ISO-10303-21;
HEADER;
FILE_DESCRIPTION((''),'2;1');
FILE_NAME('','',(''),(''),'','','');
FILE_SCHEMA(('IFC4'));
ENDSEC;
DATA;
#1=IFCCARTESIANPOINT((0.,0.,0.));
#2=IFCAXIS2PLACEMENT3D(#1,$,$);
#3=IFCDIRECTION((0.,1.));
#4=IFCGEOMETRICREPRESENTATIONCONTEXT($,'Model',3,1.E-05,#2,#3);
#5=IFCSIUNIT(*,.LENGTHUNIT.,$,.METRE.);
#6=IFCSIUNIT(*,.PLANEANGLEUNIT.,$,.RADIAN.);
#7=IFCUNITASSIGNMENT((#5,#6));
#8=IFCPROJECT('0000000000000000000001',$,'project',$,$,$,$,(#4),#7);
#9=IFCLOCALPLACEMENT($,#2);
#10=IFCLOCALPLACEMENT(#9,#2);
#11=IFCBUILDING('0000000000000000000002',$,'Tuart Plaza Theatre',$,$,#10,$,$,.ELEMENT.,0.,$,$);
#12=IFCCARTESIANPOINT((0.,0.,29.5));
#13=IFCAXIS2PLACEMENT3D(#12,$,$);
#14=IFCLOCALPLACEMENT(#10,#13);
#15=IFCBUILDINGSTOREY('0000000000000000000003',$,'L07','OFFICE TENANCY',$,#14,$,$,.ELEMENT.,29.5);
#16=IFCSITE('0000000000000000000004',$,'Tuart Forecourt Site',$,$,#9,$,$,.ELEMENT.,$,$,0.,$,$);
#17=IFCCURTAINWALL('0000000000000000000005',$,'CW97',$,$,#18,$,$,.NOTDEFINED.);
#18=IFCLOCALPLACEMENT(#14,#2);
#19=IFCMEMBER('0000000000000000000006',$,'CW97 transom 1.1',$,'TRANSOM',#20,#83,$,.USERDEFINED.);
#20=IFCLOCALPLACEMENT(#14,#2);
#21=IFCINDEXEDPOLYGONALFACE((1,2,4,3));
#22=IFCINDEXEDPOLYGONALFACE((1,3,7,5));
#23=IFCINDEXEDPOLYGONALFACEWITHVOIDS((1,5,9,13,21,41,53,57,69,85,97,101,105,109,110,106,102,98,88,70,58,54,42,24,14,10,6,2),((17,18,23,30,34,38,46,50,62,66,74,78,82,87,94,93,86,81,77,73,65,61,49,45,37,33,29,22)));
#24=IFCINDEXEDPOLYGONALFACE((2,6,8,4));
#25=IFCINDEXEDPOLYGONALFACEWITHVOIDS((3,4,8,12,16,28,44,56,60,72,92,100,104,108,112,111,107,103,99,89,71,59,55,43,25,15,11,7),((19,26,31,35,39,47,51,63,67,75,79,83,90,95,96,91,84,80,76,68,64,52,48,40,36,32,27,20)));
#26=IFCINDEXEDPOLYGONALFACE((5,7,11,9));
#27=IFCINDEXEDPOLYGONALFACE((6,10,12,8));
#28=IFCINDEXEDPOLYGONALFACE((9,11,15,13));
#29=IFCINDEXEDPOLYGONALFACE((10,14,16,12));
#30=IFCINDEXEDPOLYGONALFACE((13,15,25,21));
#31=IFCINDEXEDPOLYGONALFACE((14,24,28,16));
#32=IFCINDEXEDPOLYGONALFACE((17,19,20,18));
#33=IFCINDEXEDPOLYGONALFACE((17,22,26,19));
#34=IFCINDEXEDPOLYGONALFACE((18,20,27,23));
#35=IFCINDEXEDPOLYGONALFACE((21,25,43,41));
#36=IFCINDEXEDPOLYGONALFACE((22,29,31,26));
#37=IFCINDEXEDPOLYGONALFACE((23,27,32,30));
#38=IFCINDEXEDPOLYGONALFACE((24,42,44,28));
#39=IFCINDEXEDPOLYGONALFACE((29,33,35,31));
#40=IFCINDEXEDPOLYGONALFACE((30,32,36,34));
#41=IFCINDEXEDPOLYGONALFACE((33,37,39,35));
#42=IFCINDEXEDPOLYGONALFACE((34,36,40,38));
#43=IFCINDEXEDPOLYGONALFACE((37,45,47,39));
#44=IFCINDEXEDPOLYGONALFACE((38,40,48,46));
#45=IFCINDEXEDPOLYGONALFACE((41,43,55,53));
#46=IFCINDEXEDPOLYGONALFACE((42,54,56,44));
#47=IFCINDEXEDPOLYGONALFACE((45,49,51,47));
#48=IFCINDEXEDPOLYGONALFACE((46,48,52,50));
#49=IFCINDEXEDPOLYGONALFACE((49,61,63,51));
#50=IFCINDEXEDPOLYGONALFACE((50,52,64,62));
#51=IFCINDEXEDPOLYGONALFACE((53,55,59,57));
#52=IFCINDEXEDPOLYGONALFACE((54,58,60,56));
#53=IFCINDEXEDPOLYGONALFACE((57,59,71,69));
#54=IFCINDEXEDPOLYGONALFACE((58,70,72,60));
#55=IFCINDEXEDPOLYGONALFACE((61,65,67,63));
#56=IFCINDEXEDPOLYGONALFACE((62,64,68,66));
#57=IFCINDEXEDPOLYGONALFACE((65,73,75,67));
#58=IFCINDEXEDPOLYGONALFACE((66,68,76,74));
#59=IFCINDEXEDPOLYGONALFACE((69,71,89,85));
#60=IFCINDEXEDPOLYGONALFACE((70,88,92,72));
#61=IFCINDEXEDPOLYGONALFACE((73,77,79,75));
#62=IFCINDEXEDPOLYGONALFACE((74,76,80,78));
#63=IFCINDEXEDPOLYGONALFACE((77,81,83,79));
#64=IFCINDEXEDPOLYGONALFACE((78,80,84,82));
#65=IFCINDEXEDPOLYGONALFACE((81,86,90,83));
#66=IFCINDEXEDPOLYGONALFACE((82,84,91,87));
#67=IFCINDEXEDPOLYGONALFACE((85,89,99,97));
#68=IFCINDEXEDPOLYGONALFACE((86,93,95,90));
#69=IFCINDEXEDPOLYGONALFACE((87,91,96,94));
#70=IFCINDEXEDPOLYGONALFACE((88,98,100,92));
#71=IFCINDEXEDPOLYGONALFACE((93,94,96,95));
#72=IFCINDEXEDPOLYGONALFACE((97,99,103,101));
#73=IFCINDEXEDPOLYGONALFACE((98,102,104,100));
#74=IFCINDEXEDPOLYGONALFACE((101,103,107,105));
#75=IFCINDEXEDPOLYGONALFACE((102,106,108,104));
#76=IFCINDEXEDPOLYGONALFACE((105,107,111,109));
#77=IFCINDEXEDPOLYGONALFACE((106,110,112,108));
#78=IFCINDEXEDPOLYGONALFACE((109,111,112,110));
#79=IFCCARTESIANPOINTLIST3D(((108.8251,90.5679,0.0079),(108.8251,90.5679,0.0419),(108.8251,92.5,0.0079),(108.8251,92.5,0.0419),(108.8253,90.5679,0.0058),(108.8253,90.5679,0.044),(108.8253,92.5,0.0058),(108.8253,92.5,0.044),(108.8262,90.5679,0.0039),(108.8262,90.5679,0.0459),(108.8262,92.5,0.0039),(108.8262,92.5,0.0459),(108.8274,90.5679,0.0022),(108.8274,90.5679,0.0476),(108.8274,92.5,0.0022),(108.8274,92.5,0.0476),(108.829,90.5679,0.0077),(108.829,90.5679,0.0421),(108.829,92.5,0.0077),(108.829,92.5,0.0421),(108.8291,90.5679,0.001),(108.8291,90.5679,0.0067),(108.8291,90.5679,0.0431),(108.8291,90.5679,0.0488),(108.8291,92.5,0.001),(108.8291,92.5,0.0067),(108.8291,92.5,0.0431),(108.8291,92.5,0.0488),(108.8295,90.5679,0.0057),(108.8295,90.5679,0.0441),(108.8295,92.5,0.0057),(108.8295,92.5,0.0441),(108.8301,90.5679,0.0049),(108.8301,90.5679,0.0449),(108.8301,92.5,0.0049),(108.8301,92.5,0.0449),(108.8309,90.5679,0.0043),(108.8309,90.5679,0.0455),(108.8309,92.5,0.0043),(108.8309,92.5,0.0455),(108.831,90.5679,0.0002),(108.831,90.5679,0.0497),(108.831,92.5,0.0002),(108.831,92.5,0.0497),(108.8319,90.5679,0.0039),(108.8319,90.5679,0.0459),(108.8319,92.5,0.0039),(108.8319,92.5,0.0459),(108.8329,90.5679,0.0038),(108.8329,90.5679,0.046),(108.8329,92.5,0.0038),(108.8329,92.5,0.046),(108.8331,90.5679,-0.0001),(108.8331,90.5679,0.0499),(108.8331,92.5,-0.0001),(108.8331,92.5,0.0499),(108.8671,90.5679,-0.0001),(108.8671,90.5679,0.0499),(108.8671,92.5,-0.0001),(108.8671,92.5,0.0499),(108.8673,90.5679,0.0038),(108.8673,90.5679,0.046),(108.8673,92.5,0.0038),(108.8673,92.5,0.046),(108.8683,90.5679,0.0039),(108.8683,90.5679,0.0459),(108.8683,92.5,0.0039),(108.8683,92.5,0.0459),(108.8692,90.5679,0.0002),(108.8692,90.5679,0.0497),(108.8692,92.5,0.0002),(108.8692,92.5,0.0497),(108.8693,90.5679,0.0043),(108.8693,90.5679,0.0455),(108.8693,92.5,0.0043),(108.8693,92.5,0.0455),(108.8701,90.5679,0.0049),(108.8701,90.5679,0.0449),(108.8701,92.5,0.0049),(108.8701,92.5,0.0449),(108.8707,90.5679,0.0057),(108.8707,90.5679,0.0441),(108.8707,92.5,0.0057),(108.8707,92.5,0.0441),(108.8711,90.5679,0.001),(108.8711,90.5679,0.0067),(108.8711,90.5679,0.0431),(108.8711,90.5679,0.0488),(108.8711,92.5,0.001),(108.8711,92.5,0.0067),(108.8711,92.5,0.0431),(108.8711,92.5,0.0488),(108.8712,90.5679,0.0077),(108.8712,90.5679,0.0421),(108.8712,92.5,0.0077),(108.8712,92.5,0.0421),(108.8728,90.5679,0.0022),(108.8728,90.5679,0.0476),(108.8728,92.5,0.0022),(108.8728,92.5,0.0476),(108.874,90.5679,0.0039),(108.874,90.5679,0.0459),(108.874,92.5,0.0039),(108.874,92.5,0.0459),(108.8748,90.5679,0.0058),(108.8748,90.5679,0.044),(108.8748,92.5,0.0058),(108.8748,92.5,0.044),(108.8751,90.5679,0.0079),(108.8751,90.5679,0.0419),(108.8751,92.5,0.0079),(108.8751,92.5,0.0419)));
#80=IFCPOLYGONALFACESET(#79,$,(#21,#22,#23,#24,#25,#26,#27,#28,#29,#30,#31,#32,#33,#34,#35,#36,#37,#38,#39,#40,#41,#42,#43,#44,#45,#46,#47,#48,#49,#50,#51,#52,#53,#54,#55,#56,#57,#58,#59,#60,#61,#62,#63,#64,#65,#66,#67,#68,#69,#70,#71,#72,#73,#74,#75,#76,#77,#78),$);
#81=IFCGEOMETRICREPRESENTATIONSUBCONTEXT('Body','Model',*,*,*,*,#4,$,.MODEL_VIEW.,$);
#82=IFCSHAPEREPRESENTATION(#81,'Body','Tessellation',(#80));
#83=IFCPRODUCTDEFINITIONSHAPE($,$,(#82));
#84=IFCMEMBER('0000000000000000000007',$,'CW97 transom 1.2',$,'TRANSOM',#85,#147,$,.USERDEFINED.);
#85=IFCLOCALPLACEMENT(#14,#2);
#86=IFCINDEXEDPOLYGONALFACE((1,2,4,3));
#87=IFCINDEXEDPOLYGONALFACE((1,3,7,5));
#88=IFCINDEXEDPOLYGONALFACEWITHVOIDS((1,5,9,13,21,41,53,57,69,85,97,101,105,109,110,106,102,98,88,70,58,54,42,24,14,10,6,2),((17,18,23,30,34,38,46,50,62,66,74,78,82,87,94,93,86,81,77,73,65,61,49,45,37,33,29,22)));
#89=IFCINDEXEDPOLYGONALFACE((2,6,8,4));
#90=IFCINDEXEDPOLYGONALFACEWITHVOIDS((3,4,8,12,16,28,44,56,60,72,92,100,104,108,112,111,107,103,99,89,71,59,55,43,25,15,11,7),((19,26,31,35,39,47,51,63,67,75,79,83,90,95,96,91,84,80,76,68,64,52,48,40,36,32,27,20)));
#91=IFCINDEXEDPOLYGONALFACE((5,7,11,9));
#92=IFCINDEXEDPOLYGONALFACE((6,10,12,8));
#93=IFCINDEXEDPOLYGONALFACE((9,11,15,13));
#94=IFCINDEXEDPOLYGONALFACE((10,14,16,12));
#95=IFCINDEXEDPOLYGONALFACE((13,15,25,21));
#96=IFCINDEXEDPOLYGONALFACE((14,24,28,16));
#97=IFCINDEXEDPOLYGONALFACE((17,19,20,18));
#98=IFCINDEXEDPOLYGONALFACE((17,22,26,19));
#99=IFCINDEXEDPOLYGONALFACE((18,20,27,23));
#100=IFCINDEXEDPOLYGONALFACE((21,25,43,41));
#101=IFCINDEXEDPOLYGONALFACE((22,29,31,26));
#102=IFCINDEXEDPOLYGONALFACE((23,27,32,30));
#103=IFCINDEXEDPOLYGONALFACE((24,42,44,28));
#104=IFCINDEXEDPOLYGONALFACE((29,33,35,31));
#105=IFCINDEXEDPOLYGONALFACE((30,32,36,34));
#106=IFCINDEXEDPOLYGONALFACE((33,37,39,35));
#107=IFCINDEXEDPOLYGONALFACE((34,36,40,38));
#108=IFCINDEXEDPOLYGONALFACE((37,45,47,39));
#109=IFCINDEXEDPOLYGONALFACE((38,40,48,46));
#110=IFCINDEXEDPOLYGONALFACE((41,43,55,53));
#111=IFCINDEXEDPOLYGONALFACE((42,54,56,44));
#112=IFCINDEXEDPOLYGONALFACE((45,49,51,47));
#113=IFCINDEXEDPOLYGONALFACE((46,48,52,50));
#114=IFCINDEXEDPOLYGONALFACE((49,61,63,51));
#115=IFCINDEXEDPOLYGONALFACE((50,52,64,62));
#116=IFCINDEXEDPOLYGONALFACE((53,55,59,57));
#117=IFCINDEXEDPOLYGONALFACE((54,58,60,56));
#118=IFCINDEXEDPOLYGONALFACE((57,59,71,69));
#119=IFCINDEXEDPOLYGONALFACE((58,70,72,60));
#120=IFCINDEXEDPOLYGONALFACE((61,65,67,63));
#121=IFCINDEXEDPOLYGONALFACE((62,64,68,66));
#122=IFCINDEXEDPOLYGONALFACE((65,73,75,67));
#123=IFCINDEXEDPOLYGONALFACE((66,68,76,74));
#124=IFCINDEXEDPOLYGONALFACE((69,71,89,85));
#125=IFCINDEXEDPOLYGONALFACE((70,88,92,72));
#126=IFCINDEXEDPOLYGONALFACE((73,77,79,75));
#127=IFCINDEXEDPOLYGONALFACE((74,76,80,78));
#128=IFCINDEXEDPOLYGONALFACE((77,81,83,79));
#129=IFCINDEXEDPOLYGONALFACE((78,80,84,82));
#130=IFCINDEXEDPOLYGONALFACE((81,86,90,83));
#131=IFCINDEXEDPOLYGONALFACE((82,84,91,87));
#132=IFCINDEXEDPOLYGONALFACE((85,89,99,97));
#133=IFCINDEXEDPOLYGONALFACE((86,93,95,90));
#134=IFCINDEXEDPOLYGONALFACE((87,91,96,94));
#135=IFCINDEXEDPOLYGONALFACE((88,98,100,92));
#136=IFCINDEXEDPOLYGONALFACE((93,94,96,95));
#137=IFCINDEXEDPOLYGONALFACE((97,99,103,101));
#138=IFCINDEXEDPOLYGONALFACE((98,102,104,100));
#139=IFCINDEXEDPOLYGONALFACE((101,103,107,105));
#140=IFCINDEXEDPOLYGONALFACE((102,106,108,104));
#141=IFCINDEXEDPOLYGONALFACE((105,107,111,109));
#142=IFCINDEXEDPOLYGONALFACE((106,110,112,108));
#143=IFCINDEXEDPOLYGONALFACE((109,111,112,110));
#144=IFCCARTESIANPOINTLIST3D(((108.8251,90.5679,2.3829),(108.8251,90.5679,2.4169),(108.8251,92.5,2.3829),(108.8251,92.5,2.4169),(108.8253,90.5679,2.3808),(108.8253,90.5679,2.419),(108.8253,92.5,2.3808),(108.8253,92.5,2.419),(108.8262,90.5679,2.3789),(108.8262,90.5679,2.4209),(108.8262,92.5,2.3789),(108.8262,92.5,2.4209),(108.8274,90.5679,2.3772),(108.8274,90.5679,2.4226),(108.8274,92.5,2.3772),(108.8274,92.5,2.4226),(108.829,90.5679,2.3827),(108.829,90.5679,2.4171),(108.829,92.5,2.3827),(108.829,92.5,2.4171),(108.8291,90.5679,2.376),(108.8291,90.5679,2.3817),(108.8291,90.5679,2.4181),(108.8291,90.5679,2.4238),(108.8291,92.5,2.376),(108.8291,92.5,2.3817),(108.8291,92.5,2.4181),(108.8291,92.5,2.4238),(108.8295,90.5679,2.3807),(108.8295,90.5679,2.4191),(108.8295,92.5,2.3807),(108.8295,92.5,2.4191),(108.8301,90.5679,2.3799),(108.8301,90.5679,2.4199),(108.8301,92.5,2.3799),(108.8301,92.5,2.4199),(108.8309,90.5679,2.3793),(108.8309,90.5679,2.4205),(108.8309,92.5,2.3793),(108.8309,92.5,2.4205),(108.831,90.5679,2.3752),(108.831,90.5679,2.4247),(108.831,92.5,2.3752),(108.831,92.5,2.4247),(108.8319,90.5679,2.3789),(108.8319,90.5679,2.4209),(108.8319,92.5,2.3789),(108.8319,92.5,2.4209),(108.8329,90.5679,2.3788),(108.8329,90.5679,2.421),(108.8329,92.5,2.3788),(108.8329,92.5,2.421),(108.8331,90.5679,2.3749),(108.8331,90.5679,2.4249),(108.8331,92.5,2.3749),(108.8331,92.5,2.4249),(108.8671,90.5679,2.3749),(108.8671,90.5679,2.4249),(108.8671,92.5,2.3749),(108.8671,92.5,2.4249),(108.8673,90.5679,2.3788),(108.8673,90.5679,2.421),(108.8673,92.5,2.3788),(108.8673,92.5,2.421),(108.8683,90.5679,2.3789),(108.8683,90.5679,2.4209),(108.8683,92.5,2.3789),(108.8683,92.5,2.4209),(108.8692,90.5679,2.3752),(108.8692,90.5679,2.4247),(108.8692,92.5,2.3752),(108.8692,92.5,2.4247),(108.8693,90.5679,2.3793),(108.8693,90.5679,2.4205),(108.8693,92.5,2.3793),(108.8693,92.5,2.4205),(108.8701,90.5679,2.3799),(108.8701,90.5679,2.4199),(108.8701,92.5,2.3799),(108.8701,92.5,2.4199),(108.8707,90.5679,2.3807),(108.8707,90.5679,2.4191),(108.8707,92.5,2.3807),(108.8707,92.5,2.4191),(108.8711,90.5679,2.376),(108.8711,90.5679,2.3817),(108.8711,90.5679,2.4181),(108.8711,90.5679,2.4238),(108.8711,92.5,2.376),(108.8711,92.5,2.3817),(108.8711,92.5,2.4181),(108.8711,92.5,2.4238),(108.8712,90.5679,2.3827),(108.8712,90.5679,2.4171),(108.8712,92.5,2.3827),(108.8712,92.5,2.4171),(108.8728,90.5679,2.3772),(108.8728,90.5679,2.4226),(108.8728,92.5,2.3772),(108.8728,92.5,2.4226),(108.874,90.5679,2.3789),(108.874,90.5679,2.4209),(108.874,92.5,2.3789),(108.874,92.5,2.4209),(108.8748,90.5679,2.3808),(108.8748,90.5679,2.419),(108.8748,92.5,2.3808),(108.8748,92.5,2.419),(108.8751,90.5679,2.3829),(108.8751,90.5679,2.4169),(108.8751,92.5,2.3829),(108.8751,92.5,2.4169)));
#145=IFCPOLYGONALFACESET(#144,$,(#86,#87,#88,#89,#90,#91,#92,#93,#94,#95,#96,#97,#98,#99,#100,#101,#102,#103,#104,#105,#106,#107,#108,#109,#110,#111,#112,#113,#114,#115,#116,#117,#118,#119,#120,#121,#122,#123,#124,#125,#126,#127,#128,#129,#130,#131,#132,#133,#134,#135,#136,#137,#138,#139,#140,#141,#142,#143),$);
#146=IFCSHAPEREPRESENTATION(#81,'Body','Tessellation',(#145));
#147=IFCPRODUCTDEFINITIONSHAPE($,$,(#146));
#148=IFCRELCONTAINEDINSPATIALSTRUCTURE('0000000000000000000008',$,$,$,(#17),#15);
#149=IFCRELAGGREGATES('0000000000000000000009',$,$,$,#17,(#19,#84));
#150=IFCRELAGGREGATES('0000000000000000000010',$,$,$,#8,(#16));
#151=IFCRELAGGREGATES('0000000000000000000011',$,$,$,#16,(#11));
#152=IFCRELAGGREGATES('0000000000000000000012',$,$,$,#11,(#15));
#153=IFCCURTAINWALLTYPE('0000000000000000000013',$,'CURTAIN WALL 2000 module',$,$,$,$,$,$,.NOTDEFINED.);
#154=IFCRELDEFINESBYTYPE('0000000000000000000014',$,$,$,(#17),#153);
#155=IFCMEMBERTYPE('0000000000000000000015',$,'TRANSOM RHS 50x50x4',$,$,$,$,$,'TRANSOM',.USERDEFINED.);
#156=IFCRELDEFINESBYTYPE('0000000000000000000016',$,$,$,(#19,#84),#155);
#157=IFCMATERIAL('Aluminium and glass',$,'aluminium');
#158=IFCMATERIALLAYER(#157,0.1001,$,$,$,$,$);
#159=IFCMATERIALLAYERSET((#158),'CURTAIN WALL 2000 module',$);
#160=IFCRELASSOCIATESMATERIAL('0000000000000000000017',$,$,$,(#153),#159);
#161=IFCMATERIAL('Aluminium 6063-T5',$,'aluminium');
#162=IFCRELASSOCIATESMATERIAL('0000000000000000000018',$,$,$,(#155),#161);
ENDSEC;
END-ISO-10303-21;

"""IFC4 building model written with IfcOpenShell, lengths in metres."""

from ifc_helpers import new_model, si_unit, direction, frame, origin, origin_2d, place, context, subcontext, project, spatial, hollow_rectangle, extrude, material, layer, layer_set, material_profile, profile_set, type_object, element, aggregate, save


model = new_model("IFC4")

# Units and contexts
model_context = context("Model", 3, precision=1e-05, world=origin(), true_north=direction((0.0, 1.0)))
body_context = subcontext(model_context, "Body", "Model", "MODEL_VIEW")
ifc_project = project(units=[si_unit("LENGTHUNIT", "METRE"), si_unit("PLANEANGLEUNIT", "RADIAN")], contexts=[model_context])

# Site, building, storey
site_placement = place(None, origin())
site = spatial("IfcSite", under=ifc_project, at=site_placement, Name="Tuart Forecourt Site", CompositionType="ELEMENT", RefElevation=0.0)
building_placement = place(site_placement, origin())
building = spatial("IfcBuilding", under=site, at=building_placement, Name="Tuart Plaza Theatre", CompositionType="ELEMENT", ElevationOfRefHeight=0.0)
storey_placement = place(building_placement, frame((0.0, 0.0, 29.5)))
storey = spatial("IfcBuildingStorey", under=building, at=storey_placement, Name="L07", Description="OFFICE TENANCY", CompositionType="ELEMENT", Elevation=29.5)

# Curtain wall, members
ifc_material_1 = material(Name="Aluminium and glass", Category="aluminium")
ifc_layer_1 = layer(ifc_material_1, 0.1001)
ifc_layer_set_1 = layer_set([ifc_layer_1], Name="CURTAIN WALL 2000 module")
curtain_wall_type = type_object("IfcCurtainWallType", Name="CURTAIN WALL 2000 module", PredefinedType="NOTDEFINED", material=ifc_layer_set_1)
curtain_wall_placement = place(storey_placement, origin())
curtain_wall = element("IfcCurtainWall", 1, at=curtain_wall_placement, inside=storey, type_object=curtain_wall_type, Name="CW97", PredefinedType="NOTDEFINED")
ifc_material_2 = material(Name="Aluminium 6063-T5", Category="aluminium")
ifc_material_profile_1 = material_profile(ifc_material_2, hollow_rectangle(XDim=0.05, YDim=0.05, WallThickness=0.0039, InnerFilletRadius=0.0039, OuterFilletRadius=0.0081, at=origin_2d()), Name="RHS 50x50x4")
ifc_profile_set_1 = profile_set([ifc_material_profile_1], Name="Aluminium 6063-T5")
member_type_1 = type_object("IfcMemberType", Name="TRANSOM RHS 50x50x4", ElementType="TRANSOM", PredefinedType="USERDEFINED", material=ifc_profile_set_1)
member_1_placement = place(storey_placement, frame((108.8501, 92.5, 0.0249), z_axis=(0.0, -1.0, 0.0), x_axis=(1.0, 0.0, 0.0)))
member_1 = element("IfcMember", 2, at=member_1_placement, type_object=member_type_1, Name="CW97 transom 1.1", ObjectType="TRANSOM", PredefinedType="USERDEFINED", context=body_context, shape_type="SweptSolid", body=[
    extrude(hollow_rectangle(XDim=0.05, YDim=0.05, WallThickness=0.0039, InnerFilletRadius=0.0039, OuterFilletRadius=0.0081, at=origin_2d()), origin(), (0.0, 0.0, 1.0), 1.9321),
])
member_2_placement = place(storey_placement, frame((108.8501, 92.5, 2.3999), z_axis=(0.0, -1.0, 0.0), x_axis=(1.0, 0.0, 0.0)))
member_2 = element("IfcMember", 3, at=member_2_placement, type_object=member_type_1, Name="CW97 transom 1.2", ObjectType="TRANSOM", PredefinedType="USERDEFINED", context=body_context, shape_type="SweptSolid", body=[
    extrude(hollow_rectangle(XDim=0.05, YDim=0.05, WallThickness=0.0039, InnerFilletRadius=0.0039, OuterFilletRadius=0.0081, at=origin_2d()), origin(), (0.0, 0.0, 1.0), 1.9321),
])
aggregate(curtain_wall, [member_1, member_2])

save(model, "model.ifc")
